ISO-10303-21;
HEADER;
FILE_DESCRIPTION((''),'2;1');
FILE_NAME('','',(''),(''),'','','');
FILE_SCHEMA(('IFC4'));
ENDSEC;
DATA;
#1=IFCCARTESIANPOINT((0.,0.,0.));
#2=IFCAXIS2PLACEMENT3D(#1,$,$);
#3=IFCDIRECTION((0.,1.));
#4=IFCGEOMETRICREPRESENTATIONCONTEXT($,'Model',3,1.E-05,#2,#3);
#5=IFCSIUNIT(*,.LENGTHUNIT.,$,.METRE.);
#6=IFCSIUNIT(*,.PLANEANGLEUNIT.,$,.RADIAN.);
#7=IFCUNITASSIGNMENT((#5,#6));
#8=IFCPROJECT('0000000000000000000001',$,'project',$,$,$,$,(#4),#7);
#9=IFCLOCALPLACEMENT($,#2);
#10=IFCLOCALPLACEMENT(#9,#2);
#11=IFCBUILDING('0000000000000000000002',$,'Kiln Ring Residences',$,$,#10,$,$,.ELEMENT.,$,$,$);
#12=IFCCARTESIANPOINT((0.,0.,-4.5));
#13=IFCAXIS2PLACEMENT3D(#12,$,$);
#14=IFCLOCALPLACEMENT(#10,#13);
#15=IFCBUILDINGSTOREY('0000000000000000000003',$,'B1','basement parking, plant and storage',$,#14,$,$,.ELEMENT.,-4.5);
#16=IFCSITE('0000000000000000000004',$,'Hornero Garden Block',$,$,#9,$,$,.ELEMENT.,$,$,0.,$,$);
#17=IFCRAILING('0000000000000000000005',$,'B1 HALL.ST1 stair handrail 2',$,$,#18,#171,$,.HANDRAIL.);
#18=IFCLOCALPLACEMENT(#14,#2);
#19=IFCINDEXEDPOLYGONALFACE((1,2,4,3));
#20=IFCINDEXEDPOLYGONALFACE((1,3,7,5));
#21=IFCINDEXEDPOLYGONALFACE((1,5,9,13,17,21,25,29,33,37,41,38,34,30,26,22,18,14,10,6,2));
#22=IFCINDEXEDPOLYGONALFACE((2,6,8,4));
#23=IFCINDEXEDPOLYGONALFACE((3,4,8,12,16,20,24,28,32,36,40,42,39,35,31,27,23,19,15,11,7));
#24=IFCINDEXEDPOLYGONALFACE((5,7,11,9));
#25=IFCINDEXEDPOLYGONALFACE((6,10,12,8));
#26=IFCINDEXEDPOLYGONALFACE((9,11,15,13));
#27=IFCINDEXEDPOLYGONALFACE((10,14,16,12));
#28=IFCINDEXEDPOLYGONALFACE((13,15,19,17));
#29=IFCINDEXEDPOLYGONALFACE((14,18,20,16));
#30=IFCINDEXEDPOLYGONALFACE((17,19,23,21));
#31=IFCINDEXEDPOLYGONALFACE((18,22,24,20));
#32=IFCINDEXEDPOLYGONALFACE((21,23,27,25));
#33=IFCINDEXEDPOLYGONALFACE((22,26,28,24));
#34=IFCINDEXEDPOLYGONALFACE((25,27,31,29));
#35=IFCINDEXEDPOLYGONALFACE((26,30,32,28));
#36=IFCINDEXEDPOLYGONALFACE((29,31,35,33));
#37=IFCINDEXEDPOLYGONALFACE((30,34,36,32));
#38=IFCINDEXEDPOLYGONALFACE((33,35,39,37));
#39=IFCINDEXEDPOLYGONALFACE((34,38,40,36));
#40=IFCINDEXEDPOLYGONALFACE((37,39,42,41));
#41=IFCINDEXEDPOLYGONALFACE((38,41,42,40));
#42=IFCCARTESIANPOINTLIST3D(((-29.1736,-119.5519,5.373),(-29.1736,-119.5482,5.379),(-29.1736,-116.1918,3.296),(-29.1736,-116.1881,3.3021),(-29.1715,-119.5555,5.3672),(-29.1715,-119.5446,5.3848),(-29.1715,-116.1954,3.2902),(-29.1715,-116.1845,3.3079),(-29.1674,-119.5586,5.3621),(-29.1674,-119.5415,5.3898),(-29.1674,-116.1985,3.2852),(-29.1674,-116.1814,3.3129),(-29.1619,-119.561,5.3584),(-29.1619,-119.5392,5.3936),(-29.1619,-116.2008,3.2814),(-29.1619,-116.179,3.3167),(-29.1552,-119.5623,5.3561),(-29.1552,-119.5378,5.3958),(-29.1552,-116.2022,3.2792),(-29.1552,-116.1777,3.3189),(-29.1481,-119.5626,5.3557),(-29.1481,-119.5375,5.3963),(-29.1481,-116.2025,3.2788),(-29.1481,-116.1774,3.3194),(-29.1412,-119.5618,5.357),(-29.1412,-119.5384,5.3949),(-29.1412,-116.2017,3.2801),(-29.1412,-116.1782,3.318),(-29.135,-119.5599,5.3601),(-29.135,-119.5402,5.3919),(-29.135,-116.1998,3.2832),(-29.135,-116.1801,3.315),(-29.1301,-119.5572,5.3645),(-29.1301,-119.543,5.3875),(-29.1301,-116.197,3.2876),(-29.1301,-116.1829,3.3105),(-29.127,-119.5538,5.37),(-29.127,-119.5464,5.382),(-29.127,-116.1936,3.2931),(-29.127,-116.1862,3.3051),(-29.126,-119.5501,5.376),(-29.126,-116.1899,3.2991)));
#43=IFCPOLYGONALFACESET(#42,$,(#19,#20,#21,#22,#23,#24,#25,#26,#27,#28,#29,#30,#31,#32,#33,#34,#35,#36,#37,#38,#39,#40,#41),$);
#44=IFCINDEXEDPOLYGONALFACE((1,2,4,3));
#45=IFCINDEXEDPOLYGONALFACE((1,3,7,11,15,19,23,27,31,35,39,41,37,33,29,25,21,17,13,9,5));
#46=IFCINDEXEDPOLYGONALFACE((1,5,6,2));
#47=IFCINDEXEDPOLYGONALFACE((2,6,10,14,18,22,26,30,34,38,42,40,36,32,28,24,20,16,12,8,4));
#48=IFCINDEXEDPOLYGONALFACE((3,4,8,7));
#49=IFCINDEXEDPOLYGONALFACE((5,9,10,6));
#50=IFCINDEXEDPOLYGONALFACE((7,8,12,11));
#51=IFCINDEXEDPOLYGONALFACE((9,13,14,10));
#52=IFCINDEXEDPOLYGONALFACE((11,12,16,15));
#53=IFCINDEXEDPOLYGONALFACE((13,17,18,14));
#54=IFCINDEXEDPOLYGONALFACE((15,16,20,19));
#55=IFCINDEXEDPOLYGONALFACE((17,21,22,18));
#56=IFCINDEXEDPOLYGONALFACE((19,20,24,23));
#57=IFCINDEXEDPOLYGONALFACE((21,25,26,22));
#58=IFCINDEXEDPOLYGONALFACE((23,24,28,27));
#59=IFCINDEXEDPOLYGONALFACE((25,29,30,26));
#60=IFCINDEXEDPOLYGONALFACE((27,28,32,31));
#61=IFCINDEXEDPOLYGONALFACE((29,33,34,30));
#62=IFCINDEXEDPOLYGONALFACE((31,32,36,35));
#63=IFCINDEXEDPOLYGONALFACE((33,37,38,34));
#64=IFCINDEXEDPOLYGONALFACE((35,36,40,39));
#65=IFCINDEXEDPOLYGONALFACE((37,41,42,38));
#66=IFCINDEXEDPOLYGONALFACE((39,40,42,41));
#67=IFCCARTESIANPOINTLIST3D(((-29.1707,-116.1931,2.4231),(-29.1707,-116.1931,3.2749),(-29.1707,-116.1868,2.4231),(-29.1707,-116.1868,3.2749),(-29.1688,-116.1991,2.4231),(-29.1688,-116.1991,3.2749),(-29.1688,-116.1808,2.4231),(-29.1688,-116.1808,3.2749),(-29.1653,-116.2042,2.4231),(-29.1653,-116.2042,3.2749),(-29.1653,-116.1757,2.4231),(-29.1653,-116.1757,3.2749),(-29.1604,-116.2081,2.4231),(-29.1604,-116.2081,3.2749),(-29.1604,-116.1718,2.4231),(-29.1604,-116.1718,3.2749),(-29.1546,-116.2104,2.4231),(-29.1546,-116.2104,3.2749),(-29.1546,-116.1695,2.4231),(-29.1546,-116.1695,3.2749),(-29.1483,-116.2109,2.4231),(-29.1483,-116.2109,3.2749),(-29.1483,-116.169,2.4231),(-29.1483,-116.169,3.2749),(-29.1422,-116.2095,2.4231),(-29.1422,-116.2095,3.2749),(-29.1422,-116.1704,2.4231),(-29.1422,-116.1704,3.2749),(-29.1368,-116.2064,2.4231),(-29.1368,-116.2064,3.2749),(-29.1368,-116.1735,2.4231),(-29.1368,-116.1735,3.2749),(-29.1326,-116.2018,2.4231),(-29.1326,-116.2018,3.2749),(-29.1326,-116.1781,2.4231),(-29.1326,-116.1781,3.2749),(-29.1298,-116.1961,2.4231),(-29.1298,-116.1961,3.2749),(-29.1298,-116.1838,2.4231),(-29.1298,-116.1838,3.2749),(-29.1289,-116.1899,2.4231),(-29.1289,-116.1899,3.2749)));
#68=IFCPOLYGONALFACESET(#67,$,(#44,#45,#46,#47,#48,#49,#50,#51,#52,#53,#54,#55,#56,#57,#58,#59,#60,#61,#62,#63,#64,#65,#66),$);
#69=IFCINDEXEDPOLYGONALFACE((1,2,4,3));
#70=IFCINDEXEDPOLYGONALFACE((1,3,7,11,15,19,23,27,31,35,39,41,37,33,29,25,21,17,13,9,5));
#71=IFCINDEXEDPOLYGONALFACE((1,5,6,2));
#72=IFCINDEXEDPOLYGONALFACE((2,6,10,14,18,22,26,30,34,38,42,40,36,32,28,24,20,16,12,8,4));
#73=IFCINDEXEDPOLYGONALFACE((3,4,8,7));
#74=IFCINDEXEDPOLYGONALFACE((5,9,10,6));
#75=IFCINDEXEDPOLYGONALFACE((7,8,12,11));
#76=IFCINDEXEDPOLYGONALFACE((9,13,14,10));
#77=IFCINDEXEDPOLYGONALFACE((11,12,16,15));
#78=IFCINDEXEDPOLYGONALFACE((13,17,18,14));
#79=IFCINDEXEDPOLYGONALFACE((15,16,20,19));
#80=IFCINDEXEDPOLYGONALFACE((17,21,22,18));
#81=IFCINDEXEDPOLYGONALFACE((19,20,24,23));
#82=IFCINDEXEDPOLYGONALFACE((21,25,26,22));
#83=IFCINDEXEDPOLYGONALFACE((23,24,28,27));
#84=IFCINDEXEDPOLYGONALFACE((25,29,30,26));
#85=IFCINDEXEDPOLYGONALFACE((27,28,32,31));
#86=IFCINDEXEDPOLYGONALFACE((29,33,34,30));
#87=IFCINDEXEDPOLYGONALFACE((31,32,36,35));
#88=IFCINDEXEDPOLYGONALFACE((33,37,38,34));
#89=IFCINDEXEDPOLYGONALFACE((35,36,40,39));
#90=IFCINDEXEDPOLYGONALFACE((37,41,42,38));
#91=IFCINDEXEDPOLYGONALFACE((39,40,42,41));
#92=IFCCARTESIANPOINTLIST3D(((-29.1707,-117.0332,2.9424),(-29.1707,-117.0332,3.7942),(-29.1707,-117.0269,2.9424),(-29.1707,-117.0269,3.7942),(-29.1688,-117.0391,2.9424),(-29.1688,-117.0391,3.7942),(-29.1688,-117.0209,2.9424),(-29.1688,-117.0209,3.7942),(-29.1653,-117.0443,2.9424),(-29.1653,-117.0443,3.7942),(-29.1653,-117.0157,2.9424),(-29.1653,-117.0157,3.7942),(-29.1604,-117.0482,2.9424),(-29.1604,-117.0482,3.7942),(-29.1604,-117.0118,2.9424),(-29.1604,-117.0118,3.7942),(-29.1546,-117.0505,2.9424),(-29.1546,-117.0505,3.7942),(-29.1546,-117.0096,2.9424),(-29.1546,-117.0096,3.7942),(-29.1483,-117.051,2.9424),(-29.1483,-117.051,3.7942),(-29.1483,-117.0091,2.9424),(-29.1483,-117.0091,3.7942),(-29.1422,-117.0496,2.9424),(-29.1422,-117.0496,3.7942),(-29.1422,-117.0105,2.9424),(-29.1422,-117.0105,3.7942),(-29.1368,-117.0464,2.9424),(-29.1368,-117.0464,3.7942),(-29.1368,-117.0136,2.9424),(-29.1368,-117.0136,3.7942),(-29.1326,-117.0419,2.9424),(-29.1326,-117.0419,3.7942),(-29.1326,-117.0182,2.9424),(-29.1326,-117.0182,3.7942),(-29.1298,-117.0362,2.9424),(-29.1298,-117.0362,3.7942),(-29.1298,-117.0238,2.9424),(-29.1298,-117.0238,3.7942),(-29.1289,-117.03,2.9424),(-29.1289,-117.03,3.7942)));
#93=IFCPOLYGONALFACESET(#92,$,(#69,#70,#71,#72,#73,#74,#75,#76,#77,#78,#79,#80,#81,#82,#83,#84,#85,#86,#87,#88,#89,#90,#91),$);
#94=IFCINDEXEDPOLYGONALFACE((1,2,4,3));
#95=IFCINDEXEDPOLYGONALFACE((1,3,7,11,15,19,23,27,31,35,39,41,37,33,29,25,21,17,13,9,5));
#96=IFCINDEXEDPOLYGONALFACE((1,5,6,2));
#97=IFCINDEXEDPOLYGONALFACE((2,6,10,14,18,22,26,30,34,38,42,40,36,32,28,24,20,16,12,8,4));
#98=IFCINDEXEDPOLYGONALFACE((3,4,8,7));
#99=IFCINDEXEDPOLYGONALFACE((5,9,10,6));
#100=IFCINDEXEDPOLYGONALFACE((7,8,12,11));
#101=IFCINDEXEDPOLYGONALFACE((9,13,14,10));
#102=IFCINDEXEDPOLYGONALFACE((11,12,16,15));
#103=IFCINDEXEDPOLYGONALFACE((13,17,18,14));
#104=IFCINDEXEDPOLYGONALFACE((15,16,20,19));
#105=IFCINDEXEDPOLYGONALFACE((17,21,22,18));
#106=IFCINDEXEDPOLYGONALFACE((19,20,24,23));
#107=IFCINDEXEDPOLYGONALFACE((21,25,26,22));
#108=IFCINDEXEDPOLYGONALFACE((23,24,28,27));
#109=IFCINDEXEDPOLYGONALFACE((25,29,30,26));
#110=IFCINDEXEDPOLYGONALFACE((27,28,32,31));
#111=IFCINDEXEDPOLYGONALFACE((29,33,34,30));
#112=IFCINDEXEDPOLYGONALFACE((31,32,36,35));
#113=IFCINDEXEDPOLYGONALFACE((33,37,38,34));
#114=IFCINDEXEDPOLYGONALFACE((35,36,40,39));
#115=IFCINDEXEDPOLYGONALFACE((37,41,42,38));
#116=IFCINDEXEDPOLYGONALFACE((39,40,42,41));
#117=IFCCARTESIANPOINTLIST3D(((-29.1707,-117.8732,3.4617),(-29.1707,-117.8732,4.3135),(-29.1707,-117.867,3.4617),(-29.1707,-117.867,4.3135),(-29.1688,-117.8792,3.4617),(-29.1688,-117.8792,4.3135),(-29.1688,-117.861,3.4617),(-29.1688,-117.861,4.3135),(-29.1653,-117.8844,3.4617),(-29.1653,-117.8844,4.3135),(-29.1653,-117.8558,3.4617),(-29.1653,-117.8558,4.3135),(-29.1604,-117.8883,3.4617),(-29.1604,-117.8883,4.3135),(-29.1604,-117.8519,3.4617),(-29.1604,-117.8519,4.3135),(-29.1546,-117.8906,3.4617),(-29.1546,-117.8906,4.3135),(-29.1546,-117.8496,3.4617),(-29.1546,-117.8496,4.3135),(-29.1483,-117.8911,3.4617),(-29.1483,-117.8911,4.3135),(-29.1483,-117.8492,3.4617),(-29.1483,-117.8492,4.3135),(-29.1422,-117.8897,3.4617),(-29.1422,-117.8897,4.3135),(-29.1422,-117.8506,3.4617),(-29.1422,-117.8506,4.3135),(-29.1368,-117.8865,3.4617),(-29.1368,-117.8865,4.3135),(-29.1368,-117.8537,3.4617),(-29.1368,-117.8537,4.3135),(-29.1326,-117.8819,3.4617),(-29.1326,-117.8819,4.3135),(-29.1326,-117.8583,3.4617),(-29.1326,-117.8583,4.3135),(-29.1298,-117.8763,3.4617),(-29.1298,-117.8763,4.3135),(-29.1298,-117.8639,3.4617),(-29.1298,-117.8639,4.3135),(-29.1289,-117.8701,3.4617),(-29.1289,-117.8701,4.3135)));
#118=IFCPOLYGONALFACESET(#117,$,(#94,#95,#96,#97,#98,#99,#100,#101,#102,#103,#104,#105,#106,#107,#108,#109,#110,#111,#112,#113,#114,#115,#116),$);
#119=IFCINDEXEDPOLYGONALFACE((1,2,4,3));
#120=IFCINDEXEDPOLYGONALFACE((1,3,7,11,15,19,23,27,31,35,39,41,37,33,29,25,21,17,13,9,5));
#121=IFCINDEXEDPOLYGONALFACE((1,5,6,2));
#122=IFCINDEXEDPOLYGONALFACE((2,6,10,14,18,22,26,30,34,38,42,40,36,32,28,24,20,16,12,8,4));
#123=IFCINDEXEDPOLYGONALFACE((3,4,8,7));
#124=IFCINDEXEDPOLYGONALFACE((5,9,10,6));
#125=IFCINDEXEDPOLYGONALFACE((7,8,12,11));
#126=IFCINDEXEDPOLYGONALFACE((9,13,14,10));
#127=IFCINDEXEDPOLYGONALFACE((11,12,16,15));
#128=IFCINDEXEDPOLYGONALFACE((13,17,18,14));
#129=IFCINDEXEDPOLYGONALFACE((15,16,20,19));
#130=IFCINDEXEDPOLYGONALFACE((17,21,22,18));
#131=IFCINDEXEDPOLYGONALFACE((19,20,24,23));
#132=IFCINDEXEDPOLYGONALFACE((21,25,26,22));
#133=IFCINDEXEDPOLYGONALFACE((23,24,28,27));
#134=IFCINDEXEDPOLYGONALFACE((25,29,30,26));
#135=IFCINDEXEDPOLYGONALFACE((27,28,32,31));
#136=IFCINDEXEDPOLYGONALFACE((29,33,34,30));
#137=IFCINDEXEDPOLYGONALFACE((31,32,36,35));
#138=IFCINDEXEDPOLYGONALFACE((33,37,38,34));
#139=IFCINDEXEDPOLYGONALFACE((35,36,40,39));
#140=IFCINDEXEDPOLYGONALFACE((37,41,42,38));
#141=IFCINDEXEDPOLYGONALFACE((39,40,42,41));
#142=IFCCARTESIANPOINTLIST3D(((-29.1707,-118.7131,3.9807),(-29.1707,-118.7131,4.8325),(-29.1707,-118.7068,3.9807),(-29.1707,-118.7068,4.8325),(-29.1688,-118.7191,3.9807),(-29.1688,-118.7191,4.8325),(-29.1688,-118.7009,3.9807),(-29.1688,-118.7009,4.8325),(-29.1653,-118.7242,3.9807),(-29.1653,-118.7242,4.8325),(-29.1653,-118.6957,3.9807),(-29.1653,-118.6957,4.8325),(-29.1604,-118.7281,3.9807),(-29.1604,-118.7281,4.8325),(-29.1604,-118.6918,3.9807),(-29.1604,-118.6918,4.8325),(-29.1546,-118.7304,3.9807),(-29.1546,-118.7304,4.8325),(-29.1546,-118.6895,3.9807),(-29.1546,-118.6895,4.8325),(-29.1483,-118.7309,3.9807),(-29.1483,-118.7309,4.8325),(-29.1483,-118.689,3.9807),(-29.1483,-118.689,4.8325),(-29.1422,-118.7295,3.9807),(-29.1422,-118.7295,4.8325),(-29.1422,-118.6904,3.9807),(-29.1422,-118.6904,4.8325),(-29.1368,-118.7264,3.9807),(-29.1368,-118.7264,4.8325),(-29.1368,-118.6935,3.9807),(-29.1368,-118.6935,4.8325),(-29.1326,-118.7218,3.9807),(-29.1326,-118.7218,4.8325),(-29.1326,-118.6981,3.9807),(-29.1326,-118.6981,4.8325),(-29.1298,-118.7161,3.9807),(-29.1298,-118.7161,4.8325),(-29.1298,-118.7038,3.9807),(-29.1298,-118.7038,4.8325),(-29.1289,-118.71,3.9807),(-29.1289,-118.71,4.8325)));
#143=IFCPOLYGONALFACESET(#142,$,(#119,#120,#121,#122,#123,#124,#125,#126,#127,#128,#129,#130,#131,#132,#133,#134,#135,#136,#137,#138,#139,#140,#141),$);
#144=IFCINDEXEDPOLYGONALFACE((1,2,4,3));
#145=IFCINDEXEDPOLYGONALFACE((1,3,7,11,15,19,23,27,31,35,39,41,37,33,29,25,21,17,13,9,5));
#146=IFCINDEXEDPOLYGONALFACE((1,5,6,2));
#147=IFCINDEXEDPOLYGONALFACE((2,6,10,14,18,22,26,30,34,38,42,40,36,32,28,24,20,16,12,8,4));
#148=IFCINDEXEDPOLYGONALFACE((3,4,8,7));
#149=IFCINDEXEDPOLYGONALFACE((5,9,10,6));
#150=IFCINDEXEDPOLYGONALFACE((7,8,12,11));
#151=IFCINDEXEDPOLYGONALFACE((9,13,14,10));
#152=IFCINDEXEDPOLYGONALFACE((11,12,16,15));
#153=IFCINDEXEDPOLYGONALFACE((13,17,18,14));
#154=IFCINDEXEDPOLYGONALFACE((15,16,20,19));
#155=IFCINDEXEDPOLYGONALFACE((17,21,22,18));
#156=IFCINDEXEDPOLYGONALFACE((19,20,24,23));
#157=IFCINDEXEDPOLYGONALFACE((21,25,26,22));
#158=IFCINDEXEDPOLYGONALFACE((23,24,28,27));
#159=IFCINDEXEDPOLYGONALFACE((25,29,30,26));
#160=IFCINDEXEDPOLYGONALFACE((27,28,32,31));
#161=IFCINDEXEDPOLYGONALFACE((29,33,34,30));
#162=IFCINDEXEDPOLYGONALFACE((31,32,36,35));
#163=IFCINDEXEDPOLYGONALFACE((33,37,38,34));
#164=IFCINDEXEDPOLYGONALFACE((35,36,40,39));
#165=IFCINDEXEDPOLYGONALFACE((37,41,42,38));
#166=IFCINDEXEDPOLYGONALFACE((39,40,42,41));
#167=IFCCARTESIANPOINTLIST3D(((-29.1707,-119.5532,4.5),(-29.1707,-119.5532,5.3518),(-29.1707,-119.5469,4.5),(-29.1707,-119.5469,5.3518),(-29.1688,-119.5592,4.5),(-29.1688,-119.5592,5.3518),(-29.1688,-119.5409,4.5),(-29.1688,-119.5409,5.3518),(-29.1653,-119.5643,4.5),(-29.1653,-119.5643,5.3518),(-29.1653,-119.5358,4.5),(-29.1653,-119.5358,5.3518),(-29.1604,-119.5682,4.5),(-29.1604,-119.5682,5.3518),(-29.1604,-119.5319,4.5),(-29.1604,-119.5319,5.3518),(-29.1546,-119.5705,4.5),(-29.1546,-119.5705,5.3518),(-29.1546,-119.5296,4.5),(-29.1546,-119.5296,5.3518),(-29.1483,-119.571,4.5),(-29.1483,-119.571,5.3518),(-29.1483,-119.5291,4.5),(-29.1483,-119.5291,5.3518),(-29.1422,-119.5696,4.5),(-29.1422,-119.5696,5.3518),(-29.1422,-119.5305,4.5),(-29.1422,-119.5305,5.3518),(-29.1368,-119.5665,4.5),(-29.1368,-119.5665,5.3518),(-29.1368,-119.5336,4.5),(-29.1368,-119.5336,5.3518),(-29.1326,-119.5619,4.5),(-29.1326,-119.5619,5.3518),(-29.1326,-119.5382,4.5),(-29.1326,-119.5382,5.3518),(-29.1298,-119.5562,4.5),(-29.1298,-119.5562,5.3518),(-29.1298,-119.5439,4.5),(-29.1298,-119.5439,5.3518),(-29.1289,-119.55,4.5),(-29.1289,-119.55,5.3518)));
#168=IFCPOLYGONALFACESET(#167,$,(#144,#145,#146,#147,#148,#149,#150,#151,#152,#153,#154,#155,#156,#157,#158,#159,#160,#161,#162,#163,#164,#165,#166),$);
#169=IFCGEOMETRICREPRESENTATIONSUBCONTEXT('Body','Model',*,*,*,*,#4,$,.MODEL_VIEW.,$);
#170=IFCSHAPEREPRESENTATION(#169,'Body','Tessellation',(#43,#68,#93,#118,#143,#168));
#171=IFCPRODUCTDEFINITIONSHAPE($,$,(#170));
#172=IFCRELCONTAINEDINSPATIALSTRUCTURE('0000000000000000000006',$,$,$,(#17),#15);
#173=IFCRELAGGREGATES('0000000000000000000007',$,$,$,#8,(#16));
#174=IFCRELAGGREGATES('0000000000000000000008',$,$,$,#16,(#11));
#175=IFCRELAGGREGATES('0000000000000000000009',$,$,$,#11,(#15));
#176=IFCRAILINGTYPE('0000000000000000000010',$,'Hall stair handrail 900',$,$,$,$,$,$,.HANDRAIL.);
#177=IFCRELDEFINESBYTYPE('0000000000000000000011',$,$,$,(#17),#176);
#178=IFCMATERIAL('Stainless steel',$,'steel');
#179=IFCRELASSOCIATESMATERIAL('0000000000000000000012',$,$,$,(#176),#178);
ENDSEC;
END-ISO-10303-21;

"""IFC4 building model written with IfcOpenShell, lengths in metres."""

from ifc_helpers import new_model, si_unit, direction, frame, origin, origin_2d, place, context, subcontext, project, spatial, circle, extrude, material, type_object, element, save


model = new_model("IFC4")

# Units and contexts
model_context = context("Model", 3, precision=1e-05, world=origin(), true_north=direction((0.0, 1.0)))
body_context = subcontext(model_context, "Body", "Model", "MODEL_VIEW")
ifc_project = project(units=[si_unit("LENGTHUNIT", "METRE"), si_unit("PLANEANGLEUNIT", "RADIAN")], contexts=[model_context])

# Site, building, storey
site_placement = place(None, origin())
site = spatial("IfcSite", under=ifc_project, at=site_placement, Name="Hornero Garden Block", CompositionType="ELEMENT", RefElevation=0.0)
building_placement = place(site_placement, origin())
building = spatial("IfcBuilding", under=site, at=building_placement, Name="Kiln Ring Residences", CompositionType="ELEMENT")
storey_placement = place(building_placement, frame((0.0, 0.0, -4.5)))
storey = spatial("IfcBuildingStorey", under=building, at=storey_placement, Name="B1", Description="basement parking, plant and storage", CompositionType="ELEMENT", Elevation=-4.5)

# Railing
ifc_material_1 = material(Name="Stainless steel", Category="steel")
railing_type_1 = type_object("IfcRailingType", Name="Hall stair handrail 900", PredefinedType="HANDRAIL", material=ifc_material_1)
railing_1_placement = place(storey_placement, frame((-29.1499, -116.1899, 2.4231)))
element("IfcRailing", 1, at=railing_1_placement, inside=storey, type_object=railing_type_1, Name="B1 HALL.ST1 stair handrail 2", PredefinedType="HANDRAIL", context=body_context, shape_type="SweptSolid", body=[
    extrude(circle(Radius=0.0239, at=origin_2d()), frame((0.0, 0.0, 0.876), z_axis=(0.0, -0.850623, 0.525776), x_axis=(1.0, 0.0, 0.0)), (0.0, 0.0, 1.0), 3.9502),
    extrude(circle(Radius=0.021, at=origin_2d()), origin(), (0.0, 0.0, 1.0), 0.8518),
    extrude(circle(Radius=0.021, at=origin_2d()), frame((0.0, -0.8401, 0.5193)), (0.0, 0.0, 1.0), 0.8518),
    extrude(circle(Radius=0.021, at=origin_2d()), frame((0.0, -1.6802, 1.0386)), (0.0, 0.0, 1.0), 0.8518),
    extrude(circle(Radius=0.021, at=origin_2d()), frame((0.0, -2.52, 1.5576)), (0.0, 0.0, 1.0), 0.8518),
    extrude(circle(Radius=0.021, at=origin_2d()), frame((0.0, -3.3601, 2.0769)), (0.0, 0.0, 1.0), 0.8518),
])

save(model, "model.ifc")
